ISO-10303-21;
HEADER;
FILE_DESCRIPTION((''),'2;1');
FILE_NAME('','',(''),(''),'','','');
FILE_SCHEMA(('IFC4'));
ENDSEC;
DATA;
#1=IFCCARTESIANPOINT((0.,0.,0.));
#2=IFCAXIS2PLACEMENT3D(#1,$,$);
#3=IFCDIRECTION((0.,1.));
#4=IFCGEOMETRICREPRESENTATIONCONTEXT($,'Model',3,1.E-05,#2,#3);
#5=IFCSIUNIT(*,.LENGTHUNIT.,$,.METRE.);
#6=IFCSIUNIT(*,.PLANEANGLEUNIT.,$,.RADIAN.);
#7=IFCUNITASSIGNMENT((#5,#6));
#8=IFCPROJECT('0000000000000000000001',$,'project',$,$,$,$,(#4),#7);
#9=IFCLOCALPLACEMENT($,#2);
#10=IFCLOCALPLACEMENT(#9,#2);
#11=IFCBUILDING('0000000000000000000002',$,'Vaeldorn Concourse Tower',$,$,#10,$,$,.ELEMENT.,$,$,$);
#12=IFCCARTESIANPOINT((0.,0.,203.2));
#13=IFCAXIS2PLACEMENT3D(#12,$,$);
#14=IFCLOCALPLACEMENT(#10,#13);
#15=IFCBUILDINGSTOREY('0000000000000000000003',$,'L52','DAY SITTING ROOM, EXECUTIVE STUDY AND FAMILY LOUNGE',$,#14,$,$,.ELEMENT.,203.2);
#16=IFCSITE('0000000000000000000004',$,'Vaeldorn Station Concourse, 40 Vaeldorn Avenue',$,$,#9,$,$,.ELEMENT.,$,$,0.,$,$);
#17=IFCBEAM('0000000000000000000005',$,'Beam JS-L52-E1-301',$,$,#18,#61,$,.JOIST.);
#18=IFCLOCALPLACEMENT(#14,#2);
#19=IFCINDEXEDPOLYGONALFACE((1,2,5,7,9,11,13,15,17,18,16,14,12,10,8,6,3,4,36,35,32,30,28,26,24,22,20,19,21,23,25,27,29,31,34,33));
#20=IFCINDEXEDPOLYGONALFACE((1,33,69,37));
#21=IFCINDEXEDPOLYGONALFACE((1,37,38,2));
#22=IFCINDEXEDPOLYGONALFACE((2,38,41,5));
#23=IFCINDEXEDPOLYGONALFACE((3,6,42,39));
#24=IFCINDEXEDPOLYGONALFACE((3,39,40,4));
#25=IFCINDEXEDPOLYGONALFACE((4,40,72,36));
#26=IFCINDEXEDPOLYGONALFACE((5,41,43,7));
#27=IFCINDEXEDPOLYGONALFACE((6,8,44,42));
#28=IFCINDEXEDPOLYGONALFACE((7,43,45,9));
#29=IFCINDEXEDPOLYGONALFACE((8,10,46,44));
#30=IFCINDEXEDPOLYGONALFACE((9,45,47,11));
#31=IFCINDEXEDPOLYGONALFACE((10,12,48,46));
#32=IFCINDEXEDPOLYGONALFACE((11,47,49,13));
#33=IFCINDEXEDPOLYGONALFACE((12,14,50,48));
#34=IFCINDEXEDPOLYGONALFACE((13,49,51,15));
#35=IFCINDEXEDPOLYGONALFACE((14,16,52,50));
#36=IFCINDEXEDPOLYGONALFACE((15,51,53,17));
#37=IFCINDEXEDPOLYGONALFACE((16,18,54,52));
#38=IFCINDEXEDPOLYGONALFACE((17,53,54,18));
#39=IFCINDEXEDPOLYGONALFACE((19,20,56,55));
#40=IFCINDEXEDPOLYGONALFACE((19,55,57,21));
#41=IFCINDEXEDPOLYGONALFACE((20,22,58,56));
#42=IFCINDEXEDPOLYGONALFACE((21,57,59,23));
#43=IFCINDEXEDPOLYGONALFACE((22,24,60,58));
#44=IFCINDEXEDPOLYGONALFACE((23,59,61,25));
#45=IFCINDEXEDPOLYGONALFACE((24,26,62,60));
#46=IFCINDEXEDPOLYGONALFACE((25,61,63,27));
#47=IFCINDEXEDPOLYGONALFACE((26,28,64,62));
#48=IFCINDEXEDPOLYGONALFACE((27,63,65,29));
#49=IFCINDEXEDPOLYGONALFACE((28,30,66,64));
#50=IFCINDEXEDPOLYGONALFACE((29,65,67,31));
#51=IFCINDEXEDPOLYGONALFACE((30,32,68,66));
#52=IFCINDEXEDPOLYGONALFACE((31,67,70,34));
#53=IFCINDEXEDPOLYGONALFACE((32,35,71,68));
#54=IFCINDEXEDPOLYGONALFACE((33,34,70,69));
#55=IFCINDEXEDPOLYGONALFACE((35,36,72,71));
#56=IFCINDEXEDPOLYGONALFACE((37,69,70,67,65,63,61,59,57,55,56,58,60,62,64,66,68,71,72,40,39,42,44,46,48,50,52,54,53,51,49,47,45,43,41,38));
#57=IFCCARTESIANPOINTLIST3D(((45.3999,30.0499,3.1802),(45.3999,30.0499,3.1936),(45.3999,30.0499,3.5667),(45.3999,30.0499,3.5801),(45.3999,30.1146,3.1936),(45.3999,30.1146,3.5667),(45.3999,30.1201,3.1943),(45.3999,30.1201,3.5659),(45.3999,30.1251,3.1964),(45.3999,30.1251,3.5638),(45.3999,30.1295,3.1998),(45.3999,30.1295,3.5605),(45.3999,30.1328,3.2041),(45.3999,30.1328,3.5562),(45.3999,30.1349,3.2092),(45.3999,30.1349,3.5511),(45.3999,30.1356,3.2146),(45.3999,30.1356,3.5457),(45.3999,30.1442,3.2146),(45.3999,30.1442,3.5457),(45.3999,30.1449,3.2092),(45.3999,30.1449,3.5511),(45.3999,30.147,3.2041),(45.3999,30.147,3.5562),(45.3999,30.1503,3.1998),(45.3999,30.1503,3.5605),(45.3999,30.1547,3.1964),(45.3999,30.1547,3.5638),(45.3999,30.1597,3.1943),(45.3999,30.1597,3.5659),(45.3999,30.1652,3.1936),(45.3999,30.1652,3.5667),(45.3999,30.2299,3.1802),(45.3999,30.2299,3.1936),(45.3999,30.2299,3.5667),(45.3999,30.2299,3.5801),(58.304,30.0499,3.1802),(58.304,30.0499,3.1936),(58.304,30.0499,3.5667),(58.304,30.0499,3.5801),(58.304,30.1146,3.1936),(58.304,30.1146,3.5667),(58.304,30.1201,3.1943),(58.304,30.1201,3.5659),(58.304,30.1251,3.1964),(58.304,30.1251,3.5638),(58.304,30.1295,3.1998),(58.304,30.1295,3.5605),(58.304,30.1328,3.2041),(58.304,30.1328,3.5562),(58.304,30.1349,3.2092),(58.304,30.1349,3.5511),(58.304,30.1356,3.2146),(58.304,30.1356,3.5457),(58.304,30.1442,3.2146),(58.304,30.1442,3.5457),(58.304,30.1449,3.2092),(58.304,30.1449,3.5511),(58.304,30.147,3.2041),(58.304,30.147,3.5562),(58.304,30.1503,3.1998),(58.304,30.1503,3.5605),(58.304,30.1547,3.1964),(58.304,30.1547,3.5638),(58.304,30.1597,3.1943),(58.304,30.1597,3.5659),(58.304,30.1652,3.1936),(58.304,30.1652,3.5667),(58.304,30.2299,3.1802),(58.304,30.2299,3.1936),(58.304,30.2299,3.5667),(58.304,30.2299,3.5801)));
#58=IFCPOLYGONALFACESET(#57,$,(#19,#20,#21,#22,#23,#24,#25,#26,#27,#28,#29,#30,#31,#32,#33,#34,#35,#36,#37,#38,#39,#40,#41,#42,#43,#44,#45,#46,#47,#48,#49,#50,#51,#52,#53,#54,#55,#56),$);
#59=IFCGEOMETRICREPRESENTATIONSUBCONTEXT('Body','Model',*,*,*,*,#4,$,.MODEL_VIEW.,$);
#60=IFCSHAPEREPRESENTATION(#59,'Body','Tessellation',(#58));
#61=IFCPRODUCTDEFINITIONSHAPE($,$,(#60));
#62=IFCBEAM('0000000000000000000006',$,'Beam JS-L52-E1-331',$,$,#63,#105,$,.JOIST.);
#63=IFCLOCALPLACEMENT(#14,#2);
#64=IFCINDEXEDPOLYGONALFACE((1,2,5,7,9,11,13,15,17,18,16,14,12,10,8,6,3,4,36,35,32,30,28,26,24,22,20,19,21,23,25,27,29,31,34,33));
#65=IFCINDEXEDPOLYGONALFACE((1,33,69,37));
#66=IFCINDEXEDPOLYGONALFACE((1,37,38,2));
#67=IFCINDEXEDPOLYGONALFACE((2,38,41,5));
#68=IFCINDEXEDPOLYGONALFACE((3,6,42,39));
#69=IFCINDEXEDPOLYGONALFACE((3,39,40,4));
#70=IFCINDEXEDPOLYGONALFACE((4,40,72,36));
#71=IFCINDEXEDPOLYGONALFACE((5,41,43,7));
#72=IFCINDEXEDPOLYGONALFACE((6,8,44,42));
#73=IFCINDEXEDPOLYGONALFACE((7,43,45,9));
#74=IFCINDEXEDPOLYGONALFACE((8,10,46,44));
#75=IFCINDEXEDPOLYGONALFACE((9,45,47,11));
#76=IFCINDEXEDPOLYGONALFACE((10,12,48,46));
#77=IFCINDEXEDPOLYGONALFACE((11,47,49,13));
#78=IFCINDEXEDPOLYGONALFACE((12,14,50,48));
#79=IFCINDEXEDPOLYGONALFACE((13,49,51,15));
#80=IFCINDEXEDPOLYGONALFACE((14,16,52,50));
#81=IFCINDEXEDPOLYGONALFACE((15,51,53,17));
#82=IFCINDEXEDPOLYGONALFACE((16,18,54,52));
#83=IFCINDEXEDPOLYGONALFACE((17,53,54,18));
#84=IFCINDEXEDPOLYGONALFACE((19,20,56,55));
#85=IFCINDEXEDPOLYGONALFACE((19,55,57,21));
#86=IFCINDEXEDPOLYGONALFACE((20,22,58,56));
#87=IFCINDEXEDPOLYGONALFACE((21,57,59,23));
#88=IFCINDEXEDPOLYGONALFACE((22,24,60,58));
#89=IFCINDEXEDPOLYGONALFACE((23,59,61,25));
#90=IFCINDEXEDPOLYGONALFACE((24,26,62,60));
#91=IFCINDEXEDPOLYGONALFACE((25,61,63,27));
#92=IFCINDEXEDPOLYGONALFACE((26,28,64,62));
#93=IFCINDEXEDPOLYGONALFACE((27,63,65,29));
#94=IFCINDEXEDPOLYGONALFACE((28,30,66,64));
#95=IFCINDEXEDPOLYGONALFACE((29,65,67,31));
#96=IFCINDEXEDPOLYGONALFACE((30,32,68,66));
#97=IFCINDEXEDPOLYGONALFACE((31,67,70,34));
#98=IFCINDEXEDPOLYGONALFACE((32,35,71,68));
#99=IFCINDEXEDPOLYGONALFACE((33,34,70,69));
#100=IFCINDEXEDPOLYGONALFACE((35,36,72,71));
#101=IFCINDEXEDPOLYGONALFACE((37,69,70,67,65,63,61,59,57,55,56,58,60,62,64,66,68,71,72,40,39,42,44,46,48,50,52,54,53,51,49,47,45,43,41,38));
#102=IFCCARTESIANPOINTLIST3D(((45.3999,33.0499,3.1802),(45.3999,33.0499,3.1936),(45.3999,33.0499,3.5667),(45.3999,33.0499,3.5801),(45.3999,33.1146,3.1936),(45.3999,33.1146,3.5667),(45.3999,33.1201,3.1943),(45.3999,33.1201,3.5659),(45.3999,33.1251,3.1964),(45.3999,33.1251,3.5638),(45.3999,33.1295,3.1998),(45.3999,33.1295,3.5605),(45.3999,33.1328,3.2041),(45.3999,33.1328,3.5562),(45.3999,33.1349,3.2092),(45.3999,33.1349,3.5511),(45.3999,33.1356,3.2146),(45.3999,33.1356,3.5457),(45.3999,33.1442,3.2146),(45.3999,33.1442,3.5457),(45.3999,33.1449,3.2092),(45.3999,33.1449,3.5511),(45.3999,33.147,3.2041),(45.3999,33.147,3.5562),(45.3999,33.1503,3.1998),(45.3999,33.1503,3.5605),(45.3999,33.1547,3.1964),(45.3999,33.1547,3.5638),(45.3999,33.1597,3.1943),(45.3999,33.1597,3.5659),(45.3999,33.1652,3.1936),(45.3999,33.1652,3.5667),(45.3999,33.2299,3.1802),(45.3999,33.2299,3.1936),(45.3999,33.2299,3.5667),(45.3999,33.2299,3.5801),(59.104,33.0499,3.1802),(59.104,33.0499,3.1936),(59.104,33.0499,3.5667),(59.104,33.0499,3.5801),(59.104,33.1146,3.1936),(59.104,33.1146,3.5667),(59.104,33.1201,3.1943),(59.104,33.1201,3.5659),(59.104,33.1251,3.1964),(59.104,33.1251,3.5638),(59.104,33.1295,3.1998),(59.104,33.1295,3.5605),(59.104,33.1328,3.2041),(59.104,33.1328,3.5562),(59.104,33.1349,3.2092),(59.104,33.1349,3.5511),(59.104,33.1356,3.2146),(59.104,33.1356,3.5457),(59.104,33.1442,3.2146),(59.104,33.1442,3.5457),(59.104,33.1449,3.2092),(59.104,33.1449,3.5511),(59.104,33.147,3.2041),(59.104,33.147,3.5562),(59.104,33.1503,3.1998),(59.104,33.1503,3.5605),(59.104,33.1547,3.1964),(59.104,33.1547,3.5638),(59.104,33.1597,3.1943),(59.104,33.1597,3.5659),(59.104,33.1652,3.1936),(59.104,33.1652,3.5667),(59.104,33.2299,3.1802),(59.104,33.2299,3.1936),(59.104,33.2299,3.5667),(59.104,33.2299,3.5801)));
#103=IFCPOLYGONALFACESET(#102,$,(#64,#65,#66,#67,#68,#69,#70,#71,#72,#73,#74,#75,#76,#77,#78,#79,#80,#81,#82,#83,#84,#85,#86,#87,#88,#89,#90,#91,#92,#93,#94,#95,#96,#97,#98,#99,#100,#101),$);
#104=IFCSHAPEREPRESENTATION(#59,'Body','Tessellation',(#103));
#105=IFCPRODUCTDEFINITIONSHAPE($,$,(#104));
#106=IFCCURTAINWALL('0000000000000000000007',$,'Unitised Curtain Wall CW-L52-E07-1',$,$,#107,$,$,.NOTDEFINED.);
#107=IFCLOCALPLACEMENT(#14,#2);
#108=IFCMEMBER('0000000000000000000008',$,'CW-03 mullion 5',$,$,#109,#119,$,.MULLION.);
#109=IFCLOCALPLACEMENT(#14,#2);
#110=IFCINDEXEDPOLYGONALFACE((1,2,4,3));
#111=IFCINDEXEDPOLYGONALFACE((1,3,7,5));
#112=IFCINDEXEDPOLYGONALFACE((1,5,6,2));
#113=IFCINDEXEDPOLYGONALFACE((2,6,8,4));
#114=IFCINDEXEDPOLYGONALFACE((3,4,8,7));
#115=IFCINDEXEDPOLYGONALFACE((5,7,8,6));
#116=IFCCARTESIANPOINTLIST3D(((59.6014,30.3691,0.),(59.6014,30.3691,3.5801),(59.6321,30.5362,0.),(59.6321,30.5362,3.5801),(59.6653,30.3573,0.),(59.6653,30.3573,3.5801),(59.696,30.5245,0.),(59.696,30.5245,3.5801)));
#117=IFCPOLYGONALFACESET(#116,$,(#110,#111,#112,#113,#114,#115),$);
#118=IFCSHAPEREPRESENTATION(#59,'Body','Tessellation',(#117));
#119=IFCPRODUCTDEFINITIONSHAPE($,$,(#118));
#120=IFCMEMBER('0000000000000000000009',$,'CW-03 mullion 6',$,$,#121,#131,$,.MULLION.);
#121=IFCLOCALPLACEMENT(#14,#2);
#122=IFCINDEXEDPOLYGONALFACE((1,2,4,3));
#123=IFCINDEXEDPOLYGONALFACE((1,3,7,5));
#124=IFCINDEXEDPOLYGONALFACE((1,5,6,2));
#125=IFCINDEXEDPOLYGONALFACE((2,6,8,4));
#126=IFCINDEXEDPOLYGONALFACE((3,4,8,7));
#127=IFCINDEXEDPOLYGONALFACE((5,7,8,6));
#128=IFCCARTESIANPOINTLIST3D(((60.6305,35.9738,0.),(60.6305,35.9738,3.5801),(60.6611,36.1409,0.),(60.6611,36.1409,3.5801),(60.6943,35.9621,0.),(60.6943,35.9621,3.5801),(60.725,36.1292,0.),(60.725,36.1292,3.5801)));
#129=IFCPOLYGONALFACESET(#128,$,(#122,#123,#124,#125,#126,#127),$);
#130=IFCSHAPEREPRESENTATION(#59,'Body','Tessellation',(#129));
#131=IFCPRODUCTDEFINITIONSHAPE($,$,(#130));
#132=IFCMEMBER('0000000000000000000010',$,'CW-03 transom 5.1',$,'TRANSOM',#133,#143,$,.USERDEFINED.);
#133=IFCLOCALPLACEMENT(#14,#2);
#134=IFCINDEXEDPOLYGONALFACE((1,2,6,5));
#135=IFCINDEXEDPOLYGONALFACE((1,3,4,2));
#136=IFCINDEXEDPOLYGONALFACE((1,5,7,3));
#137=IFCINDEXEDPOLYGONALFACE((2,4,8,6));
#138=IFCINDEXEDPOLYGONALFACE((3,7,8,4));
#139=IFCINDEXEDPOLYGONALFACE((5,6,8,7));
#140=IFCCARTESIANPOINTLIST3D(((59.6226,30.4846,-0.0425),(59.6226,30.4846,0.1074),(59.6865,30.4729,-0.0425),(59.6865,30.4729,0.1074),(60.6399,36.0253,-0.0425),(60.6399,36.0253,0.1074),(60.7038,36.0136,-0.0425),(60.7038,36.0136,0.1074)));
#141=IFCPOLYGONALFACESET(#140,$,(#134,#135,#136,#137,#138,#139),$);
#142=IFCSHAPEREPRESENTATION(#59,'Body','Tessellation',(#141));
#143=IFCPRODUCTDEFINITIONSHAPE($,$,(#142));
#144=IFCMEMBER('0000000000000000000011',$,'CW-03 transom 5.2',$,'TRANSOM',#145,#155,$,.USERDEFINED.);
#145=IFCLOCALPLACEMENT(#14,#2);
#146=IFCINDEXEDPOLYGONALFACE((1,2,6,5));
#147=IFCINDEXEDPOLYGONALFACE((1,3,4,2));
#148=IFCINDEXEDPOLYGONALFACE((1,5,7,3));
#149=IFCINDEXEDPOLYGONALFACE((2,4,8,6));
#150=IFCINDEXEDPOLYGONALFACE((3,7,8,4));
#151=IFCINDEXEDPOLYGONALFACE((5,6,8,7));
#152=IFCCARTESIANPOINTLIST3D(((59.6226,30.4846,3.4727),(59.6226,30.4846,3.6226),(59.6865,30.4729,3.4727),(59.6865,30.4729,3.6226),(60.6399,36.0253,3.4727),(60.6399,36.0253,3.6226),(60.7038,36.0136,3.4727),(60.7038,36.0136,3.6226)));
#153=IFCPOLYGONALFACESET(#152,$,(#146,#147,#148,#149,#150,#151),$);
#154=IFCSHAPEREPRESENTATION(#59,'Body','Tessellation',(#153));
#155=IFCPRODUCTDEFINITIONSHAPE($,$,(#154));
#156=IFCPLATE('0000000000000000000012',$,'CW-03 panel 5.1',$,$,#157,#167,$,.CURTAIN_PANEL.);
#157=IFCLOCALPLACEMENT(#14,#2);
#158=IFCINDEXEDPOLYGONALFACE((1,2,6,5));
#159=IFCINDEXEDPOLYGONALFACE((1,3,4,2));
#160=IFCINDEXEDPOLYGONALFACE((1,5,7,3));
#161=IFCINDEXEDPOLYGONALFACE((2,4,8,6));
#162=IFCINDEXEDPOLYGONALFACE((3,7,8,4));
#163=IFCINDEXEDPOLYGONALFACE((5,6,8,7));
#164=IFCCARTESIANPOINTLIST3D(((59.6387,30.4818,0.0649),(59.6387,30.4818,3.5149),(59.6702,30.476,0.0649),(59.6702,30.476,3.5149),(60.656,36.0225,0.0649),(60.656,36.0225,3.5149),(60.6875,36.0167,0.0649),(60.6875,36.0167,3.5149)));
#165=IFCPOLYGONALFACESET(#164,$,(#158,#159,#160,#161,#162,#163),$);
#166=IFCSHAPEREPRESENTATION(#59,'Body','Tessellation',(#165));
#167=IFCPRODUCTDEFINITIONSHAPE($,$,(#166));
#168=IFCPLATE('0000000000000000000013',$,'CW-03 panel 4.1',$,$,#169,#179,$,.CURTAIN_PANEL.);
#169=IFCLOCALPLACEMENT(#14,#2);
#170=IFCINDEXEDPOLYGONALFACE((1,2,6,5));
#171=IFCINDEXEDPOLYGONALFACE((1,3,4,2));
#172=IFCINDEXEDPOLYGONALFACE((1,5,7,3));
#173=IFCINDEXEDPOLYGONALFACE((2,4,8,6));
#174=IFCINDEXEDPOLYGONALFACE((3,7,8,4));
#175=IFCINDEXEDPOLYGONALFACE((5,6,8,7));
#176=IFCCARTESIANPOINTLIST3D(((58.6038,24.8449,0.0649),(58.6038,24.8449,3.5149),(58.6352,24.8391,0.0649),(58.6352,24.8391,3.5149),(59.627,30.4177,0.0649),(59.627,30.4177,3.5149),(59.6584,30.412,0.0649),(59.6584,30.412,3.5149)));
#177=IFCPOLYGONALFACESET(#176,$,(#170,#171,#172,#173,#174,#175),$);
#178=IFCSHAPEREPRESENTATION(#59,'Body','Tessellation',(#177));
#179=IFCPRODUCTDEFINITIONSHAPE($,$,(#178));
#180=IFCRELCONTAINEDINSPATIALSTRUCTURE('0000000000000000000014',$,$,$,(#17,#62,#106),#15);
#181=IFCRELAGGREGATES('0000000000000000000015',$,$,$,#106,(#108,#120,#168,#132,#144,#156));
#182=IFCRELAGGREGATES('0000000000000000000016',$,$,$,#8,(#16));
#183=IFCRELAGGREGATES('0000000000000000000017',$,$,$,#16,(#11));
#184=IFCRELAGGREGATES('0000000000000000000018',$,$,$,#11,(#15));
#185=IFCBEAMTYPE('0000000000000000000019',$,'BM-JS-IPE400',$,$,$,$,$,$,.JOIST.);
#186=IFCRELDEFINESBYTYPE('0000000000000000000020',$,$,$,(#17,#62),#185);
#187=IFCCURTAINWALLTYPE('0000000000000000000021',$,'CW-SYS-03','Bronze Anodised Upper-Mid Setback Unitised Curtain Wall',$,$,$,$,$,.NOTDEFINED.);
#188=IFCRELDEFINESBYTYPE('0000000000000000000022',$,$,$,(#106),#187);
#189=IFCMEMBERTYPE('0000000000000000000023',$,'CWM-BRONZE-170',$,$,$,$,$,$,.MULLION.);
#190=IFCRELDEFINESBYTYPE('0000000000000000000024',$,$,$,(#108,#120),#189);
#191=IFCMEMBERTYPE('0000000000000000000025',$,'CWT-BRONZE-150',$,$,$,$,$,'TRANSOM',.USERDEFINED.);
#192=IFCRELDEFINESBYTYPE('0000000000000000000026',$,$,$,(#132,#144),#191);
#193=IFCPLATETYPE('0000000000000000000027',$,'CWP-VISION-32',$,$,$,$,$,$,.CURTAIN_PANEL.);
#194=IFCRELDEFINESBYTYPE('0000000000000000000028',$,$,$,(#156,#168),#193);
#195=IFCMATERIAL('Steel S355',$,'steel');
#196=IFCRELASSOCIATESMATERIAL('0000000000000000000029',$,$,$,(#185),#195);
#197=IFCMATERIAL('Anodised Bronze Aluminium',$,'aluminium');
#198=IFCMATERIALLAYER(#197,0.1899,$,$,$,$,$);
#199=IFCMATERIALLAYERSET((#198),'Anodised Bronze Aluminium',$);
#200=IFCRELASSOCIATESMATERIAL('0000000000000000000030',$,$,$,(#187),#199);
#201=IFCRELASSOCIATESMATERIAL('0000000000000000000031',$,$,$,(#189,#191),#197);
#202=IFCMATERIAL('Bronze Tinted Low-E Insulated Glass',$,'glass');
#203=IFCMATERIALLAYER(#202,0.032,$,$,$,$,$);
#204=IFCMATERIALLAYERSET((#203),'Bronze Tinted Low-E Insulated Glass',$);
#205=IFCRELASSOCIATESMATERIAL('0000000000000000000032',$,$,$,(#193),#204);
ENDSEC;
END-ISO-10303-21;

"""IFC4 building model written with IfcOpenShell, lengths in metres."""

from ifc_helpers import new_model, si_unit, direction, frame, origin, origin_2d, place, context, subcontext, project, spatial, rectangle, i_section, extrude, source, transform, mapped, material, layer, layer_set, material_profile, profile_set, type_object, element, aggregate, save


model = new_model("IFC4")

# Units and contexts
model_context = context("Model", 3, precision=1e-05, world=origin(), true_north=direction((0.0, 1.0)))
body_context = subcontext(model_context, "Body", "Model", "MODEL_VIEW")
ifc_project = project(units=[si_unit("LENGTHUNIT", "METRE"), si_unit("PLANEANGLEUNIT", "RADIAN")], contexts=[model_context])

# Site, building, storey
site_placement = place(None, origin())
site = spatial("IfcSite", under=ifc_project, at=site_placement, Name="Vaeldorn Station Concourse, 40 Vaeldorn Avenue", CompositionType="ELEMENT", RefElevation=0.0)
building_placement = place(site_placement, origin())
building = spatial("IfcBuilding", under=site, at=building_placement, Name="Vaeldorn Concourse Tower", CompositionType="ELEMENT")
storey_placement = place(building_placement, frame((0.0, 0.0, 203.2)))
storey = spatial("IfcBuildingStorey", under=building, at=storey_placement, Name="L52", Description="DAY SITTING ROOM, EXECUTIVE STUDY AND FAMILY LOUNGE", CompositionType="ELEMENT", Elevation=203.2)

# Shared definitions
ifc_material_1 = material(Name="Steel S355", Category="steel")

# Beams
ifc_material_profile_1 = material_profile(ifc_material_1, i_section(OverallWidth=0.1799, OverallDepth=0.3999, WebThickness=0.0085, FlangeThickness=0.0134, FilletRadius=0.021, at=origin_2d()), Name="IPE 400")
ifc_profile_set_1 = profile_set([ifc_material_profile_1], Name="Steel S355")
beam_type_1 = type_object("IfcBeamType", Name="BM-JS-IPE400", PredefinedType="JOIST", material=ifc_profile_set_1)
shared_shape_1 = source(origin(), body_context, "Body", "SweptSolid", [
    extrude(i_section(OverallWidth=0.1799, OverallDepth=0.3999, WebThickness=0.0085, FlangeThickness=0.0134, FilletRadius=0.021, at=origin_2d()), origin(), (0.0, 0.0, 1.0), 12.9041),
])
beam_1_placement = place(storey_placement, frame((45.3999, 30.1399, 3.3801), z_axis=(1.0, 0.0, 0.0), x_axis=(0.0, 1.0, 0.0)))
element("IfcBeam", 1, at=beam_1_placement, inside=storey, type_object=beam_type_1, Name="Beam JS-L52-E1-301", PredefinedType="JOIST", context=body_context, shape_type="MappedRepresentation", body=[
    mapped(shared_shape_1, transform((0.0, 0.0, 0.0), scale=1.0)),
])
shared_shape_2 = source(origin(), body_context, "Body", "SweptSolid", [
    extrude(i_section(OverallWidth=0.1799, OverallDepth=0.3999, WebThickness=0.0085, FlangeThickness=0.0134, FilletRadius=0.021, at=origin_2d()), origin(), (0.0, 0.0, 1.0), 13.7041),
])
beam_2_placement = place(storey_placement, frame((45.3999, 33.1399, 3.3801), z_axis=(1.0, 0.0, 0.0), x_axis=(0.0, 1.0, 0.0)))
element("IfcBeam", 2, at=beam_2_placement, inside=storey, type_object=beam_type_1, Name="Beam JS-L52-E1-331", PredefinedType="JOIST", context=body_context, shape_type="MappedRepresentation", body=[
    mapped(shared_shape_2, transform((0.0, 0.0, 0.0), scale=1.0)),
])

# Curtain wall, members, plates
ifc_material_2 = material(Name="Anodised Bronze Aluminium", Category="aluminium")
ifc_layer_1 = layer(ifc_material_2, 0.1899)
ifc_layer_set_1 = layer_set([ifc_layer_1], Name="Anodised Bronze Aluminium")
curtain_wall_type = type_object("IfcCurtainWallType", Name="CW-SYS-03", Description="Bronze Anodised Upper-Mid Setback Unitised Curtain Wall", PredefinedType="NOTDEFINED", material=ifc_layer_set_1)
curtain_wall_placement = place(storey_placement, origin())
curtain_wall = element("IfcCurtainWall", 3, at=curtain_wall_placement, inside=storey, type_object=curtain_wall_type, Name="Unitised Curtain Wall CW-L52-E07-1", PredefinedType="NOTDEFINED")
ifc_material_profile_2 = material_profile(ifc_material_2, rectangle(XDim=0.0649, YDim=0.1699, at=origin_2d()), Name="CWM 65x170")
ifc_profile_set_2 = profile_set([ifc_material_profile_2], Name="Anodised Bronze Aluminium")
member_type_1 = type_object("IfcMemberType", Name="CWM-BRONZE-170", PredefinedType="MULLION", material=ifc_profile_set_2)
shared_shape_3 = source(origin(), body_context, "Body", "SweptSolid", [
    extrude(rectangle(XDim=0.0649, YDim=0.1699, at=origin_2d()), origin(), (0.0, 0.0, 1.0), 3.5801),
])
member_1_placement = place(storey_placement, frame((59.6487, 30.4468, 0.0), z_axis=(0.0, 0.0, 1.0), x_axis=(-0.983559, 0.180585, 0.0)))
member_1 = element("IfcMember", 4, at=member_1_placement, type_object=member_type_1, Name="CW-03 mullion 5", PredefinedType="MULLION", context=body_context, shape_type="MappedRepresentation", body=[
    mapped(shared_shape_3, transform((0.0, 0.0, 0.0), scale=1.0)),
])
member_2_placement = place(storey_placement, frame((60.6777, 36.0515, 0.0), z_axis=(0.0, 0.0, 1.0), x_axis=(-0.983559, 0.180585, 0.0)))
member_2 = element("IfcMember", 5, at=member_2_placement, type_object=member_type_1, Name="CW-03 mullion 6", PredefinedType="MULLION", context=body_context, shape_type="MappedRepresentation", body=[
    mapped(shared_shape_3, transform((0.0, 0.0, 0.0), scale=1.0)),
])
ifc_material_profile_3 = material_profile(ifc_material_2, rectangle(XDim=0.0649, YDim=0.1499, at=origin_2d()), Name="CWT 65x150")
ifc_profile_set_3 = profile_set([ifc_material_profile_3], Name="Anodised Bronze Aluminium")
member_type_2 = type_object("IfcMemberType", Name="CWT-BRONZE-150", ElementType="TRANSOM", PredefinedType="USERDEFINED", material=ifc_profile_set_3)
shared_shape_4 = source(origin(), body_context, "Body", "SweptSolid", [
    extrude(rectangle(XDim=0.0649, YDim=0.1499, at=origin_2d()), origin(), (0.0, 0.0, 1.0), 5.6333),
])
member_3_placement = place(storey_placement, frame((59.6545, 30.4788, 0.0325), z_axis=(0.18059, 0.983558, 0.0), x_axis=(-0.983558, 0.18059, 0.0)))
member_3 = element("IfcMember", 6, at=member_3_placement, type_object=member_type_2, Name="CW-03 transom 5.1", ObjectType="TRANSOM", PredefinedType="USERDEFINED", context=body_context, shape_type="MappedRepresentation", body=[
    mapped(shared_shape_4, transform((0.0, 0.0, 0.0), scale=1.0)),
])
member_4_placement = place(storey_placement, frame((59.6545, 30.4788, 3.5476), z_axis=(0.18059, 0.983558, 0.0), x_axis=(-0.983558, 0.18059, 0.0)))
member_4 = element("IfcMember", 7, at=member_4_placement, type_object=member_type_2, Name="CW-03 transom 5.2", ObjectType="TRANSOM", PredefinedType="USERDEFINED", context=body_context, shape_type="MappedRepresentation", body=[
    mapped(shared_shape_4, transform((0.0, 0.0, 0.0), scale=1.0)),
])
ifc_material_3 = material(Name="Bronze Tinted Low-E Insulated Glass", Category="glass")
ifc_layer_2 = layer(ifc_material_3, 0.032)
ifc_layer_set_2 = layer_set([ifc_layer_2], Name="Bronze Tinted Low-E Insulated Glass")
plate_type = type_object("IfcPlateType", Name="CWP-VISION-32", PredefinedType="CURTAIN_PANEL", material=ifc_layer_set_2)
shared_shape_5 = source(origin(), body_context, "Body", "SweptSolid", [
    extrude(rectangle(XDim=5.6333, YDim=0.032, at=origin_2d()), origin(), (0.0, 0.0, 1.0), 3.45),
])
plate_1_placement = place(storey_placement, frame((60.1631, 33.2493, 0.0649), z_axis=(0.0, 0.0, 1.0), x_axis=(0.180585, 0.983559, 0.0)))
plate_1 = element("IfcPlate", 8, at=plate_1_placement, type_object=plate_type, Name="CW-03 panel 5.1", PredefinedType="CURTAIN_PANEL", context=body_context, shape_type="MappedRepresentation", body=[
    mapped(shared_shape_5, transform((0.0, 0.0, 0.0), scale=1.0)),
])
shared_shape_6 = source(origin(), body_context, "Body", "SweptSolid", [
    extrude(rectangle(XDim=5.666, YDim=0.032, at=origin_2d()), origin(), (0.0, 0.0, 1.0), 3.45),
])
plate_2_placement = place(storey_placement, frame((59.1311, 27.6284, 0.0649), z_axis=(0.0, 0.0, 1.0), x_axis=(0.180585, 0.983559, 0.0)))
plate_2 = element("IfcPlate", 9, at=plate_2_placement, type_object=plate_type, Name="CW-03 panel 4.1", PredefinedType="CURTAIN_PANEL", context=body_context, shape_type="MappedRepresentation", body=[
    mapped(shared_shape_6, transform((0.0, 0.0, 0.0), scale=1.0)),
])
aggregate(curtain_wall, [member_1, member_2, plate_2, member_3, member_4, plate_1])

save(model, "model.ifc")
